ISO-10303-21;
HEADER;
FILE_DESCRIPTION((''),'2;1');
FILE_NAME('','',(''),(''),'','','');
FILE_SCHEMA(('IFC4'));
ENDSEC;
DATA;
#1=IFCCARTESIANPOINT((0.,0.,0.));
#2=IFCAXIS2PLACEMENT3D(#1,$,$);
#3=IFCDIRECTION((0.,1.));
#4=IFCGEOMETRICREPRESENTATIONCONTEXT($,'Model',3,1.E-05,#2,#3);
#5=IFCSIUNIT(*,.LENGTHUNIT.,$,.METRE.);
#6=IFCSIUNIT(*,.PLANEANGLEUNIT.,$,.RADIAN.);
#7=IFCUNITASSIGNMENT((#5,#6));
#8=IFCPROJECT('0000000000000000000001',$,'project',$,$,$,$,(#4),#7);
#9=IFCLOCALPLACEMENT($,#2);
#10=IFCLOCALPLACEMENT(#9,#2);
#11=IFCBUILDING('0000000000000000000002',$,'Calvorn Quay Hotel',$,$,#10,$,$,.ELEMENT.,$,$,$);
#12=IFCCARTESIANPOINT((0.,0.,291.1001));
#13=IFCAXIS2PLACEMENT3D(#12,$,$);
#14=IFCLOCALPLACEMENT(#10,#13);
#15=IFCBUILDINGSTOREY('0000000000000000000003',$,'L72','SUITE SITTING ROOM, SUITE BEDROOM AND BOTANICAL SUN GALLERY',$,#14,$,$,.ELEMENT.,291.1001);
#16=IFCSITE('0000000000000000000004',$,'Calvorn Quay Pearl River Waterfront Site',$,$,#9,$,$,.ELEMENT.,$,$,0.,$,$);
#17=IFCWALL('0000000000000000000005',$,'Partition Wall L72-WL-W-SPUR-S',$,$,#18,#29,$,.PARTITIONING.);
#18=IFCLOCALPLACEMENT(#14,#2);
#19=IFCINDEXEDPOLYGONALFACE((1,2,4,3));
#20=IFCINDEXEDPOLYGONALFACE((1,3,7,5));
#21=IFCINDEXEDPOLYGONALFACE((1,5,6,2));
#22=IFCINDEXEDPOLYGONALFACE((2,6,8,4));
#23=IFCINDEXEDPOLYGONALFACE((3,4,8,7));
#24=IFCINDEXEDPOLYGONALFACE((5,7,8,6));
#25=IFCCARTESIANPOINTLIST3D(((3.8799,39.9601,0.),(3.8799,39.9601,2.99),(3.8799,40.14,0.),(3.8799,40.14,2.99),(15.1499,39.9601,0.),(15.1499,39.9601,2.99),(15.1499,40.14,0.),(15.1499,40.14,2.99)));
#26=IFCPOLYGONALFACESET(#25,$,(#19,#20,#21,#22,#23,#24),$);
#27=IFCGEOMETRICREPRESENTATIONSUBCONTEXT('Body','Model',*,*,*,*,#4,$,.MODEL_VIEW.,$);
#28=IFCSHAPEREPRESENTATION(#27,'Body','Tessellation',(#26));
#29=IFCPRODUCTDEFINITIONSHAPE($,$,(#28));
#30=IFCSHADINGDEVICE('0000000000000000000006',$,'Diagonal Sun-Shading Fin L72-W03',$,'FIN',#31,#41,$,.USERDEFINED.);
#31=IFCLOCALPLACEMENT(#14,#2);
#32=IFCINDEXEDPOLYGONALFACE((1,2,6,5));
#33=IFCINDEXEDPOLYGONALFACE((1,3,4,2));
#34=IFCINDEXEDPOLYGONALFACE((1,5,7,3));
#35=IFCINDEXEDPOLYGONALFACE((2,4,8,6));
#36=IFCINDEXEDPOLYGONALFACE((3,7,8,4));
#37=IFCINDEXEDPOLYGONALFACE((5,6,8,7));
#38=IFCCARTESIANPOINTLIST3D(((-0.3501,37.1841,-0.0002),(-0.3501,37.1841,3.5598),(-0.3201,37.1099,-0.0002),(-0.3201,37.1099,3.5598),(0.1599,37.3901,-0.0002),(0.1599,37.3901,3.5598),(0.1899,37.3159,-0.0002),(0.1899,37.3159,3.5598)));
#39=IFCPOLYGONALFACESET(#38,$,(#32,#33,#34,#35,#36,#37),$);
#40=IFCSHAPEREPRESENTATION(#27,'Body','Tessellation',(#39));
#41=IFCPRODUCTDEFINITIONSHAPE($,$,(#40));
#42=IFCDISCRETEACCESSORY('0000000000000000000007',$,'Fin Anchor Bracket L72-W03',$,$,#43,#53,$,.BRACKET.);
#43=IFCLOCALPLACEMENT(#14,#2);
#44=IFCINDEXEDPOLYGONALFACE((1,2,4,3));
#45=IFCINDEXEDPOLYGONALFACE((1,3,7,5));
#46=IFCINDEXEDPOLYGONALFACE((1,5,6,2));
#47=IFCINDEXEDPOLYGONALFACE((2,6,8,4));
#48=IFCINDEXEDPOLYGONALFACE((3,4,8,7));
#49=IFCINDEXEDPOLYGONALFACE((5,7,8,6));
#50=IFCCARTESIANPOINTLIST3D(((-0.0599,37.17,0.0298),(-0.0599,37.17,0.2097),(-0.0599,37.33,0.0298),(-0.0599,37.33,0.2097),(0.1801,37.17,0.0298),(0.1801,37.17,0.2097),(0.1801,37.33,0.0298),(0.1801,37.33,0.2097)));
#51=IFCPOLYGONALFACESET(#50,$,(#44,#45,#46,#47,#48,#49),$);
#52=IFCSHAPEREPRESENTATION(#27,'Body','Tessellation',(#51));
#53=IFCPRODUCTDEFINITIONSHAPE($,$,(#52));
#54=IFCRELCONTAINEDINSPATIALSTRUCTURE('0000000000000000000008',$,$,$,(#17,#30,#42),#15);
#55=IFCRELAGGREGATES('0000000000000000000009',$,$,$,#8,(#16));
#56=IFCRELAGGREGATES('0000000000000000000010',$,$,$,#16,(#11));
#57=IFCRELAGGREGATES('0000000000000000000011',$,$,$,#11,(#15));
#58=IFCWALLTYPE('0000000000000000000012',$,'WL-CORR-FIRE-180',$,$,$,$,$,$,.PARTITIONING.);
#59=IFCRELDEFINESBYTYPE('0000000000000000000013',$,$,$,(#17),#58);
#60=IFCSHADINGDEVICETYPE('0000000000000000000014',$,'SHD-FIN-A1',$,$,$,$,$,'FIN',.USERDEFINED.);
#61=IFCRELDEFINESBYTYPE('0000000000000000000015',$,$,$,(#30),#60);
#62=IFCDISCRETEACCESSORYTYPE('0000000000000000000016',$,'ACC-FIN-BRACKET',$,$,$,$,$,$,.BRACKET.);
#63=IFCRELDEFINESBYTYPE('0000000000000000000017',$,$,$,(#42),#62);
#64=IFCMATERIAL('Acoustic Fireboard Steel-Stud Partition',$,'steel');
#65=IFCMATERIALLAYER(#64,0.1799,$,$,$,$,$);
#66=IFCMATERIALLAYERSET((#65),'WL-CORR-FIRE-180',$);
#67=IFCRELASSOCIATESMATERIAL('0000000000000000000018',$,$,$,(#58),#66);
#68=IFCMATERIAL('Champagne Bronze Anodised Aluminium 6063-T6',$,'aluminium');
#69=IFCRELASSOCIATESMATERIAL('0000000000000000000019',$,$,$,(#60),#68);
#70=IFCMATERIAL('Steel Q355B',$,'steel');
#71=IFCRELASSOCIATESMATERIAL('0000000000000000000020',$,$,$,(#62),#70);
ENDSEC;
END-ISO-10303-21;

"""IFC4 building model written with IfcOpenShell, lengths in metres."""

from ifc_helpers import new_model, si_unit, direction, frame, frame_2d, origin, origin_2d, place, context, subcontext, project, spatial, rectangle, extrude, material, layer, layer_set, type_object, element, save


model = new_model("IFC4")

# Units and contexts
model_context = context("Model", 3, precision=1e-05, world=origin(), true_north=direction((0.0, 1.0)))
body_context = subcontext(model_context, "Body", "Model", "MODEL_VIEW")
ifc_project = project(units=[si_unit("LENGTHUNIT", "METRE"), si_unit("PLANEANGLEUNIT", "RADIAN")], contexts=[model_context])

# Site, building, storey
site_placement = place(None, origin())
site = spatial("IfcSite", under=ifc_project, at=site_placement, Name="Calvorn Quay Pearl River Waterfront Site", CompositionType="ELEMENT", RefElevation=0.0)
building_placement = place(site_placement, origin())
building = spatial("IfcBuilding", under=site, at=building_placement, Name="Calvorn Quay Hotel", CompositionType="ELEMENT")
storey_placement = place(building_placement, frame((0.0, 0.0, 291.1001)))
storey = spatial("IfcBuildingStorey", under=building, at=storey_placement, Name="L72", Description="SUITE SITTING ROOM, SUITE BEDROOM AND BOTANICAL SUN GALLERY", CompositionType="ELEMENT", Elevation=291.1001)

# Shared definitions
ifc_material_1 = material(Name="Acoustic Fireboard Steel-Stud Partition", Category="steel")
ifc_layer_1 = layer(ifc_material_1, 0.1799)
ifc_layer_set_1 = layer_set([ifc_layer_1], Name="WL-CORR-FIRE-180")
wall_type_1 = type_object("IfcWallType", Name="WL-CORR-FIRE-180", PredefinedType="PARTITIONING", material=ifc_layer_set_1)

# Wall
wall_1_placement = place(storey_placement, frame((3.8799, 40.05, 0.0), z_axis=(0.0, 0.0, 1.0), x_axis=(1.0, 0.0, 0.0)))
element("IfcWall", 1, at=wall_1_placement, inside=storey, type_object=wall_type_1, Name="Partition Wall L72-WL-W-SPUR-S", PredefinedType="PARTITIONING", context=body_context, shape_type="SweptSolid", body=[
    extrude(rectangle(XDim=11.27, YDim=0.1799, at=frame_2d((5.635, 0.0))), origin(), (0.0, 0.0, 1.0), 2.99),
])

# Shading device
ifc_material_2 = material(Name="Champagne Bronze Anodised Aluminium 6063-T6", Category="aluminium")
shading_device_type = type_object("IfcShadingDeviceType", Name="SHD-FIN-A1", ElementType="FIN", PredefinedType="USERDEFINED", material=ifc_material_2)
shading_device_placement = place(storey_placement, frame((-0.0801, 37.25, -0.0002), z_axis=(0.0, 0.0, 1.0), x_axis=(0.927184, 0.374607, 0.0)))
element("IfcShadingDevice", 2, at=shading_device_placement, inside=storey, type_object=shading_device_type, Name="Diagonal Sun-Shading Fin L72-W03", ObjectType="FIN", PredefinedType="USERDEFINED", context=body_context, shape_type="SweptSolid", body=[
    extrude(rectangle(XDim=0.55, YDim=0.0801, at=origin_2d()), origin(), (0.0, 0.0, 1.0), 3.5601),
])

# Discrete accessory
ifc_material_3 = material(Name="Steel Q355B", Category="steel")
discrete_accessory_type = type_object("IfcDiscreteAccessoryType", Name="ACC-FIN-BRACKET", PredefinedType="BRACKET", material=ifc_material_3)
discrete_accessory_placement = place(storey_placement, frame((0.0601, 37.25, 0.0298), z_axis=(0.0, 0.0, 1.0), x_axis=(1.0, 0.0, 0.0)))
element("IfcDiscreteAccessory", 3, at=discrete_accessory_placement, inside=storey, type_object=discrete_accessory_type, Name="Fin Anchor Bracket L72-W03", PredefinedType="BRACKET", context=body_context, shape_type="SweptSolid", body=[
    extrude(rectangle(XDim=0.24, YDim=0.1599, at=origin_2d()), origin(), (0.0, 0.0, 1.0), 0.1799),
])

save(model, "model.ifc")
